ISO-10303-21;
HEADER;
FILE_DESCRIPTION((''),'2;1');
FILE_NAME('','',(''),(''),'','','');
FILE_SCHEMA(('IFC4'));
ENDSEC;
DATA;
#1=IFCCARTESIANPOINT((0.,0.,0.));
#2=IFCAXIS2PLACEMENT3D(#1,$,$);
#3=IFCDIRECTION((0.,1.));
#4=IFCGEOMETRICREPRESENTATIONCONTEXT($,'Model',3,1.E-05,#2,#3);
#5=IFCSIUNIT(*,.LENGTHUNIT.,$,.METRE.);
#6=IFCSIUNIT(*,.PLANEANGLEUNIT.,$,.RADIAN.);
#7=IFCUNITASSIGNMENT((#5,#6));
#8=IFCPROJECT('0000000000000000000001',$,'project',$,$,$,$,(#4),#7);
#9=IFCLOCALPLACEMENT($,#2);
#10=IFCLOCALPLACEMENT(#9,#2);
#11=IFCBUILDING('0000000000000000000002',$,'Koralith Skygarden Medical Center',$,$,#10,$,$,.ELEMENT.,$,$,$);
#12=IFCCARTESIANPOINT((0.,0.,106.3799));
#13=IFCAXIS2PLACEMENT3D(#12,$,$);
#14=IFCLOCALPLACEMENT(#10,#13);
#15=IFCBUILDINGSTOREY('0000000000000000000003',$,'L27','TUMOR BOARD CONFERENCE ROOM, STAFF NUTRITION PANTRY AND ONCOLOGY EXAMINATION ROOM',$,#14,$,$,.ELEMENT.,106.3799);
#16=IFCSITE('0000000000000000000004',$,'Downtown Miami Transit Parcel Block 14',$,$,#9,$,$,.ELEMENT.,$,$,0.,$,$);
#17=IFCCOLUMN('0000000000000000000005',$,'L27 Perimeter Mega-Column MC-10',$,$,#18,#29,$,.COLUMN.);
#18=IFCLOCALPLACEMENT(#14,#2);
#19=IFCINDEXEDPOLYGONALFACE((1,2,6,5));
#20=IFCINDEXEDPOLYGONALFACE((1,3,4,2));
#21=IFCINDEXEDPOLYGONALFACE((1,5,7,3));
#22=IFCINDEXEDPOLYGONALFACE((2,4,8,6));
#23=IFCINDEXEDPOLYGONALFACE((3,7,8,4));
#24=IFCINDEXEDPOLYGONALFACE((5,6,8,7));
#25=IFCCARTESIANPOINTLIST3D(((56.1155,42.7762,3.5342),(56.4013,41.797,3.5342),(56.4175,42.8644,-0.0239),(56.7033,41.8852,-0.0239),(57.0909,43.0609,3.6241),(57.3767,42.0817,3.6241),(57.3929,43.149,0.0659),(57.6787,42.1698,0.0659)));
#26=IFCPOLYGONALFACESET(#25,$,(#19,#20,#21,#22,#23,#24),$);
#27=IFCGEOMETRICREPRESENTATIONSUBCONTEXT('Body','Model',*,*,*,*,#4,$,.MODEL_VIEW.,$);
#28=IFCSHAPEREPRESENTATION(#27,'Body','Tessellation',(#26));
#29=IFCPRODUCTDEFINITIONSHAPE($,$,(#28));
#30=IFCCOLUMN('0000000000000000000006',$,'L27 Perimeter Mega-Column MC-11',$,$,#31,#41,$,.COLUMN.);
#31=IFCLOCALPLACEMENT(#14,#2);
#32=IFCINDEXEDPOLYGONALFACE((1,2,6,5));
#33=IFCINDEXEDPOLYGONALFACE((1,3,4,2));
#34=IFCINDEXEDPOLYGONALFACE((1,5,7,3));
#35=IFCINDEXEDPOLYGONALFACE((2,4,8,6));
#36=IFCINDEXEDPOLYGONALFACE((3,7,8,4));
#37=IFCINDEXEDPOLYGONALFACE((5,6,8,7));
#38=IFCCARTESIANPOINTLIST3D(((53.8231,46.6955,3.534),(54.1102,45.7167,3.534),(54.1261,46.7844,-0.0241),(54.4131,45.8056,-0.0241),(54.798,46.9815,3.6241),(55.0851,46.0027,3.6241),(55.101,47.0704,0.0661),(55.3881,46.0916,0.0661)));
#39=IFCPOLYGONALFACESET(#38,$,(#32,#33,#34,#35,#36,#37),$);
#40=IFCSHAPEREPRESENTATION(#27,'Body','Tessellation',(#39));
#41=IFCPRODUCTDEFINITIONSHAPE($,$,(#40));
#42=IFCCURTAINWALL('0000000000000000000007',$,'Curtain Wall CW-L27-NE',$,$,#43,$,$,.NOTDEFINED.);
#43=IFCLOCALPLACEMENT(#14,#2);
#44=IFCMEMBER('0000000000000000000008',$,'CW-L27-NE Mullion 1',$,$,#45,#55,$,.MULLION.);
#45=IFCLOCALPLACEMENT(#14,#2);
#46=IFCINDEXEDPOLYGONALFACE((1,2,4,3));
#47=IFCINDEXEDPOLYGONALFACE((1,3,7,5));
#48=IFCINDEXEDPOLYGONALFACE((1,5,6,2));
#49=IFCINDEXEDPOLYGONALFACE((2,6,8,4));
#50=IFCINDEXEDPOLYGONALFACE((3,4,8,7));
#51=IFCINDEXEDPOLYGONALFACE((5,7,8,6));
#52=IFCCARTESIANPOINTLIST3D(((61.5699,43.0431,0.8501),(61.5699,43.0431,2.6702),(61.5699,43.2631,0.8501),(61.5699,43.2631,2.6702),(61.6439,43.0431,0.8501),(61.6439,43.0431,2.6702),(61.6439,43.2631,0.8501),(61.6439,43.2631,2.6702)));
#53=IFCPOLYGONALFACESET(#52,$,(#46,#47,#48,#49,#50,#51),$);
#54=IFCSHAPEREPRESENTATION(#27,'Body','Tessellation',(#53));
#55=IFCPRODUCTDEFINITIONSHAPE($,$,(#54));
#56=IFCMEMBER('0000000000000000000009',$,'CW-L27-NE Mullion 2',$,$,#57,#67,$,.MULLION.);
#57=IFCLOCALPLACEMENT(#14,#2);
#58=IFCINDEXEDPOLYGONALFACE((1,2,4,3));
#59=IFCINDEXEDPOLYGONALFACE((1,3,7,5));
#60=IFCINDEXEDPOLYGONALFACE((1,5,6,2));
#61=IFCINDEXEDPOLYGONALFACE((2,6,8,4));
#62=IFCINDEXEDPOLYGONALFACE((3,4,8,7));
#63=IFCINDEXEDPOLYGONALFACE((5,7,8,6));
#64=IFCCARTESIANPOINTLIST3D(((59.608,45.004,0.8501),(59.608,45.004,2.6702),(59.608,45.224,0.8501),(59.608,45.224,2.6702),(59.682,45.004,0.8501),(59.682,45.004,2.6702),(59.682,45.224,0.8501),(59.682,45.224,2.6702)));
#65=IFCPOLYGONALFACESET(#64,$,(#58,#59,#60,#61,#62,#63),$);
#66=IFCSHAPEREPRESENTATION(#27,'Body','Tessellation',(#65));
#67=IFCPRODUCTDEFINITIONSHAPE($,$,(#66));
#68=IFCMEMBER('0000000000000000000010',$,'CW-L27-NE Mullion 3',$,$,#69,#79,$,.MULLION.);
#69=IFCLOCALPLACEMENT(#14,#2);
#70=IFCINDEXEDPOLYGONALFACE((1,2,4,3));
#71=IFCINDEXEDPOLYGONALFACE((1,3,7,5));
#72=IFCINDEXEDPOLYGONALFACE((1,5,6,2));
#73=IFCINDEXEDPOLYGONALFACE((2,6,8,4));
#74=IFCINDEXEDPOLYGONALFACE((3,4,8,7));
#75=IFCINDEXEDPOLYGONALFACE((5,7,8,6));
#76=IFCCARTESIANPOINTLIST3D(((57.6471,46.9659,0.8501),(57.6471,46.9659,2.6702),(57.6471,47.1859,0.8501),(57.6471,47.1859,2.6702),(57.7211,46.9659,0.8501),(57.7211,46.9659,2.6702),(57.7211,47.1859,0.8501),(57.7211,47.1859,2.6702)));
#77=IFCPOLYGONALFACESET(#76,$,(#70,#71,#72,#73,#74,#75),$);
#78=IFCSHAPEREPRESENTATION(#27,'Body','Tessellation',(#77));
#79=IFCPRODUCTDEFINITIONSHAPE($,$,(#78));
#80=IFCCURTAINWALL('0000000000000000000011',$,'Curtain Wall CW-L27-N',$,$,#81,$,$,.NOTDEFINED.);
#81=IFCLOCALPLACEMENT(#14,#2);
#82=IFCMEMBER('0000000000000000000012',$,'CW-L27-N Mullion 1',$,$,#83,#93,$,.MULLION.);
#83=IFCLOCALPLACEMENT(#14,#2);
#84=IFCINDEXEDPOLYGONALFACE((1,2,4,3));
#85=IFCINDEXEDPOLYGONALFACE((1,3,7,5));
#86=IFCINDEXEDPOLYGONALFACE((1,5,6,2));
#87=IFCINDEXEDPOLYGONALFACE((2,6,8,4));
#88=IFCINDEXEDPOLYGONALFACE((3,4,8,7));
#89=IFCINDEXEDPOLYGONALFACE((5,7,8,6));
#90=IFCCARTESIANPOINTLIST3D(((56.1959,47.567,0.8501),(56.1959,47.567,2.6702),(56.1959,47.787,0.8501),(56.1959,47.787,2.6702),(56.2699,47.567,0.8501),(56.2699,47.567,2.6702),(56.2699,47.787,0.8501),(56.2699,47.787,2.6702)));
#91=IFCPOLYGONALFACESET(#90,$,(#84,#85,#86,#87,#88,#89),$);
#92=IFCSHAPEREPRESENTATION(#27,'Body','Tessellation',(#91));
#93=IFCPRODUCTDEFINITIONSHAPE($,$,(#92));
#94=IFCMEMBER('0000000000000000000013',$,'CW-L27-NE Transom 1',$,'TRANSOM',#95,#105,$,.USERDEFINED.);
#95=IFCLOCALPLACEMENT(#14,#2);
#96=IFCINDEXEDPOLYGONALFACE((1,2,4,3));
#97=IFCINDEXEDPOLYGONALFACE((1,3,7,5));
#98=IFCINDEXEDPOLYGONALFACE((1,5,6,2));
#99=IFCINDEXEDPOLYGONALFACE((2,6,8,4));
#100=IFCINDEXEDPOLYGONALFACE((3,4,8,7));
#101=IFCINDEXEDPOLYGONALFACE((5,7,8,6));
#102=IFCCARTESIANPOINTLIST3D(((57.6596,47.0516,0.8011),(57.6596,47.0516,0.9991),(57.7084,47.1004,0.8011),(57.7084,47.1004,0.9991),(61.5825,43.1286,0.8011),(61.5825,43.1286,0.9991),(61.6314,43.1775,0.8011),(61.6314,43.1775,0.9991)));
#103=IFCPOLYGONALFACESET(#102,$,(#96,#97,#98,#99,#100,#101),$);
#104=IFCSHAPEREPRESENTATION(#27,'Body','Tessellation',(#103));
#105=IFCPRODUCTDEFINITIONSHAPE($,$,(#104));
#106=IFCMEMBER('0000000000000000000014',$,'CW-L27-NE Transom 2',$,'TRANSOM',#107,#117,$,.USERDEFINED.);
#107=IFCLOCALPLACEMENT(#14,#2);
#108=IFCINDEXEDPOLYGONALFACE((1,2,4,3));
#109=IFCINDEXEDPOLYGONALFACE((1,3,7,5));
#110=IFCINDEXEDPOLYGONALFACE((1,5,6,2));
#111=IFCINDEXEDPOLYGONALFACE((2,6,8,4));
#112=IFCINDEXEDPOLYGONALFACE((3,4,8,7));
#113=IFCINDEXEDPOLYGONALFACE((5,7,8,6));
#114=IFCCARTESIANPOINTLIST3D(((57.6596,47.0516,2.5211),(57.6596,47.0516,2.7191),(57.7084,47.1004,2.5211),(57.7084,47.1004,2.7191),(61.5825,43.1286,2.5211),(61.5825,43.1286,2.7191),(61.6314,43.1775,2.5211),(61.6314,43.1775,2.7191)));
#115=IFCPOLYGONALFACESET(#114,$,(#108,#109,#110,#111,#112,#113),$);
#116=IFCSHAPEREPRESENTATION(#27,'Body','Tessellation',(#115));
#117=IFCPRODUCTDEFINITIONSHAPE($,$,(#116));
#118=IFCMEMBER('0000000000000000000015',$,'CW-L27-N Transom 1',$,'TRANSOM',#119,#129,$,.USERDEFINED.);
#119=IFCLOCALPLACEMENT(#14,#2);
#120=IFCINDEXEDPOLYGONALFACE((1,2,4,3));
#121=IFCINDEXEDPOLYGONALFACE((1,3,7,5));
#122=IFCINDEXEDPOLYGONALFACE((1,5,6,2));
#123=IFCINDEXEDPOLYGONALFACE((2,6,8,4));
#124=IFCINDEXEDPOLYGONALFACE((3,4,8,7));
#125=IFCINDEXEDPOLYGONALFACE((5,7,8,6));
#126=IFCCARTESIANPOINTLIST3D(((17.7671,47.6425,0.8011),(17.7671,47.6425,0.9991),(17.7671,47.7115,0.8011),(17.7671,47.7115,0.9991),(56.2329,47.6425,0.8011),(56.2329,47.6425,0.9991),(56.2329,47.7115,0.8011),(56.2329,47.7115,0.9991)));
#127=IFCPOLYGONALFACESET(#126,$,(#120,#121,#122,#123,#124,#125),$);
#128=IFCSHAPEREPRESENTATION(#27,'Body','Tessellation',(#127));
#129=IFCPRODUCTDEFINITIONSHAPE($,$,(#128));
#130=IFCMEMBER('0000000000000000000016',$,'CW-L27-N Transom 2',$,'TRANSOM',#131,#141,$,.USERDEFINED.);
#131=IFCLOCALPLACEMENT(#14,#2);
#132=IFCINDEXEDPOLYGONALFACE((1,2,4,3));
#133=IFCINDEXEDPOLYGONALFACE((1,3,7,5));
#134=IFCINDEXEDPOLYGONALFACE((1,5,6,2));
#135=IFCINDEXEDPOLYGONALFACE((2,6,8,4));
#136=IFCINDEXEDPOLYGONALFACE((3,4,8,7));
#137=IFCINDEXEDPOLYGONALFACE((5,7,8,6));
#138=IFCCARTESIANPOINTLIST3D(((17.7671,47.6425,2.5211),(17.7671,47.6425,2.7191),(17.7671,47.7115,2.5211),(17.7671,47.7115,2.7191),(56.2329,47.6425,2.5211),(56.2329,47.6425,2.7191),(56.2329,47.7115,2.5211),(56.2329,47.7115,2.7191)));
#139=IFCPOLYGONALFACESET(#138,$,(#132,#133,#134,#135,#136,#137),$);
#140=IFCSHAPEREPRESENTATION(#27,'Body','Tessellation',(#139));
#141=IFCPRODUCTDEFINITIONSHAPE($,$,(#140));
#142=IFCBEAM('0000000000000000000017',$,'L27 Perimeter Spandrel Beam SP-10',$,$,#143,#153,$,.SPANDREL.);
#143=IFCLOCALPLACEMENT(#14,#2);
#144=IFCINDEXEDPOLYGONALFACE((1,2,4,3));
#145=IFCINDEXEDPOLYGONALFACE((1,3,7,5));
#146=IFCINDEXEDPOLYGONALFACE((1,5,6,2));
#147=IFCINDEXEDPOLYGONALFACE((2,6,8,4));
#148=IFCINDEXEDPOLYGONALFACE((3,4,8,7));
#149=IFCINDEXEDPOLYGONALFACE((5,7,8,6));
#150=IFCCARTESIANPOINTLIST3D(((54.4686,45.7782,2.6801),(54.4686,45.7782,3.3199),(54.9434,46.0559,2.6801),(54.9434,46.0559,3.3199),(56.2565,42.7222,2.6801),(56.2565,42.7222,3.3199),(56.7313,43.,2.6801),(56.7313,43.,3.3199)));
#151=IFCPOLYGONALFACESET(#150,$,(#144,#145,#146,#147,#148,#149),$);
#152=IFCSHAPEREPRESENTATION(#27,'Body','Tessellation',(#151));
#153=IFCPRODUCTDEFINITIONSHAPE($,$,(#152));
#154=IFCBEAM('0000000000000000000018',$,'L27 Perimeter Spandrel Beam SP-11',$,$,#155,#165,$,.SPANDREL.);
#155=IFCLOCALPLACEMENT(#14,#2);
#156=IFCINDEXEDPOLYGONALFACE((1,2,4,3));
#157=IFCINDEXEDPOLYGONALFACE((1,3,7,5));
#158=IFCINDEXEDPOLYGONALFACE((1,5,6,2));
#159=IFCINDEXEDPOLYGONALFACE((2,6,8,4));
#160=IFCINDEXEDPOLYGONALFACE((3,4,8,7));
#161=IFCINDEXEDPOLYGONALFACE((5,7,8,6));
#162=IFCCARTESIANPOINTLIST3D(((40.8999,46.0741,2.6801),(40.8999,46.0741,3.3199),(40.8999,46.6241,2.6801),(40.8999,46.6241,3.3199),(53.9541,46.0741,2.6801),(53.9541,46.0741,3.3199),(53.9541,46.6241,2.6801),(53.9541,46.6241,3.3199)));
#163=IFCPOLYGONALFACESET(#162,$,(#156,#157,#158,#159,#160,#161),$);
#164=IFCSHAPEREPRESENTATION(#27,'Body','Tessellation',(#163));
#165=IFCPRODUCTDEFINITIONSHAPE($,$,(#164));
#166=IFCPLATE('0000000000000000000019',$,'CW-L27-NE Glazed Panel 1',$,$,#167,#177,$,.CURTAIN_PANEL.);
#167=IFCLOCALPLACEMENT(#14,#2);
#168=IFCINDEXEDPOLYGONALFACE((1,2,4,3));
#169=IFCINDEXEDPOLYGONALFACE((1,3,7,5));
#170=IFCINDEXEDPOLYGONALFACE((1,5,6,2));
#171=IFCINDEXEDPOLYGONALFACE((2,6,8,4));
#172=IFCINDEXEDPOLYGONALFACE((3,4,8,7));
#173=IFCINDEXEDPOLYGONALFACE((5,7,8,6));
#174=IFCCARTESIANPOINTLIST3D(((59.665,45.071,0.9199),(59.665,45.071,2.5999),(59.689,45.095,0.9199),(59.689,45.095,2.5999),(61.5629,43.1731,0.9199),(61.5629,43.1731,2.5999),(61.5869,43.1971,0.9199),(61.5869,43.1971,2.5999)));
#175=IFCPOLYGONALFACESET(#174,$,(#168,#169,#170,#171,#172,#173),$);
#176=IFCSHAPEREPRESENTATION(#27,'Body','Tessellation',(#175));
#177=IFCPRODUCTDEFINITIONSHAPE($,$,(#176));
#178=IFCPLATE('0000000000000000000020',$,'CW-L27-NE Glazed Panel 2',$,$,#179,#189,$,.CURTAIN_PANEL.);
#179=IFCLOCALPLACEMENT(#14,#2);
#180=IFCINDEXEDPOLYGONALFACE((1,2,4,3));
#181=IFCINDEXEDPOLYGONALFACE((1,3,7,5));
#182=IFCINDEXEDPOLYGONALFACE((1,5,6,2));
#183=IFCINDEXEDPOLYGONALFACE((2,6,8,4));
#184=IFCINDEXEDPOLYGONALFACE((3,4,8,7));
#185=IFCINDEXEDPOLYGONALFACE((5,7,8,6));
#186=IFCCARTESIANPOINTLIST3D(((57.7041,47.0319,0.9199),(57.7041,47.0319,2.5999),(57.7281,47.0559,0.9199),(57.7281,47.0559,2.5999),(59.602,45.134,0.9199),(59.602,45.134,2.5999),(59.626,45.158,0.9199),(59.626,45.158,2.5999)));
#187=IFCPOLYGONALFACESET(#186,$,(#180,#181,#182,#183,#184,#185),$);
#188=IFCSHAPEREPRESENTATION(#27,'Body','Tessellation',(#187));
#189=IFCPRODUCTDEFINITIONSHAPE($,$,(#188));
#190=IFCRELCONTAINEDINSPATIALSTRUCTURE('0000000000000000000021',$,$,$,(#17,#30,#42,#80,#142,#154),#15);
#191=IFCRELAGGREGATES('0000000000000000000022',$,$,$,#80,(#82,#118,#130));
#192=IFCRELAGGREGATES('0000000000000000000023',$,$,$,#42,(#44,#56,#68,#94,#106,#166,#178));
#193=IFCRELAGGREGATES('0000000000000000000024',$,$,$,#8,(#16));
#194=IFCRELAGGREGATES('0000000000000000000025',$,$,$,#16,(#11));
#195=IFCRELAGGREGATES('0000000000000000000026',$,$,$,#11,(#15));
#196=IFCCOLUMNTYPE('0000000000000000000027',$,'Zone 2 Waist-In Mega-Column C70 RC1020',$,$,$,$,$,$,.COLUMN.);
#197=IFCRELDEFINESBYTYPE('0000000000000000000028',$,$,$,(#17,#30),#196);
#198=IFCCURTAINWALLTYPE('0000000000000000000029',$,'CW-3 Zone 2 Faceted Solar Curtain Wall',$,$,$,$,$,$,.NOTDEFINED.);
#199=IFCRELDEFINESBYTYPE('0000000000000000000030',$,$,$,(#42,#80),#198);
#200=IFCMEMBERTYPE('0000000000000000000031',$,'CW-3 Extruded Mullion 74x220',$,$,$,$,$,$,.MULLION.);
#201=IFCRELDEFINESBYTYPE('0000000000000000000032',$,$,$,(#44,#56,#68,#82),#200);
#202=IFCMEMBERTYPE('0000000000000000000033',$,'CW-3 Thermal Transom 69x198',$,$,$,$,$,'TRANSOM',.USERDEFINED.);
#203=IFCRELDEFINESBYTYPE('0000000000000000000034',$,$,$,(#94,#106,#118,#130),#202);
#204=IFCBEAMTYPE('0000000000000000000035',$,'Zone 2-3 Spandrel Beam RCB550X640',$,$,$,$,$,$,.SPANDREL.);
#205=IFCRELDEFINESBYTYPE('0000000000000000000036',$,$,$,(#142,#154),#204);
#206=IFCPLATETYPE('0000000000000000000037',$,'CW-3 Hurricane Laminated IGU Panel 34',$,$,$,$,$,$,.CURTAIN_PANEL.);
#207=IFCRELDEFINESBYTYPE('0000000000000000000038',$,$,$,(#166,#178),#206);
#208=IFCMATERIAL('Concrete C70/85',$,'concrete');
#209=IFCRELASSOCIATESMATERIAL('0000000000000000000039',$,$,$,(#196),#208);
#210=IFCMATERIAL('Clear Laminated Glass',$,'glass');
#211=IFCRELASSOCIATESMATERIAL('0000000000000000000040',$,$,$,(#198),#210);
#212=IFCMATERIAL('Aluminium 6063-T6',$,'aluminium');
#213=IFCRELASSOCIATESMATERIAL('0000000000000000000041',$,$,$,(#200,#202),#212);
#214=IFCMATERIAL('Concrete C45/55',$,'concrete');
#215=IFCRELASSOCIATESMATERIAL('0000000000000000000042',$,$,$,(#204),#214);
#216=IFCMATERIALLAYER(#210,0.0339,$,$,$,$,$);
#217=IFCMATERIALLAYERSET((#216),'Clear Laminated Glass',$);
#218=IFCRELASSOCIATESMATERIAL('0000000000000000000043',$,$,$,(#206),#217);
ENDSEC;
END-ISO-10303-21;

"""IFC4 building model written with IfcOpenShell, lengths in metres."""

from ifc_helpers import new_model, si_unit, direction, frame, origin, origin_2d, place, context, subcontext, project, spatial, rectangle, extrude, material, layer, layer_set, material_profile, profile_set, type_object, element, aggregate, save


model = new_model("IFC4")

# Units and contexts
model_context = context("Model", 3, precision=1e-05, world=origin(), true_north=direction((0.0, 1.0)))
body_context = subcontext(model_context, "Body", "Model", "MODEL_VIEW")
ifc_project = project(units=[si_unit("LENGTHUNIT", "METRE"), si_unit("PLANEANGLEUNIT", "RADIAN")], contexts=[model_context])

# Site, building, storey
site_placement = place(None, origin())
site = spatial("IfcSite", under=ifc_project, at=site_placement, Name="Downtown Miami Transit Parcel Block 14", CompositionType="ELEMENT", RefElevation=0.0)
building_placement = place(site_placement, origin())
building = spatial("IfcBuilding", under=site, at=building_placement, Name="Koralith Skygarden Medical Center", CompositionType="ELEMENT")
storey_placement = place(building_placement, frame((0.0, 0.0, 106.3799)))
storey = spatial("IfcBuildingStorey", under=building, at=storey_placement, Name="L27", Description="TUMOR BOARD CONFERENCE ROOM, STAFF NUTRITION PANTRY AND ONCOLOGY EXAMINATION ROOM", CompositionType="ELEMENT", Elevation=106.3799)

# Columns
ifc_material_1 = material(Name="Concrete C70/85", Category="concrete")
ifc_material_profile_1 = material_profile(ifc_material_1, rectangle(XDim=1.02, YDim=1.02, at=origin_2d()), Name="RC1020X1020")
ifc_profile_set_1 = profile_set([ifc_material_profile_1], Name="Concrete C70/85")
column_type = type_object("IfcColumnType", Name="Zone 2 Waist-In Mega-Column C70 RC1020", PredefinedType="COLUMN", material=ifc_profile_set_1)
for number, where, z_axis, x_axis, name in (
    (1, (57.0481, 42.5171, 0.021), (-0.084547, -0.024674, 0.996114), (0.280149, -0.959957, 0.0), "L27 Perimeter Mega-Column MC-10"),
    (2, (54.7571, 46.438, 0.021), (-0.084818, -0.024878, 0.996086), (0.281455, -0.959575, 0.0), "L27 Perimeter Mega-Column MC-11"),
):
    element("IfcColumn", number, at=place(storey_placement, frame(where, z_axis=z_axis, x_axis=x_axis)), inside=storey, type_object=column_type, Name=name, PredefinedType="COLUMN", context=body_context, shape_type="SweptSolid", body=[
        extrude(rectangle(XDim=1.02, YDim=1.02, at=origin_2d()), origin(), (0.0, 0.0, 1.0), 3.572),
    ])

# Curtain wall, members
ifc_material_2 = material(Name="Clear Laminated Glass", Category="glass")
curtain_wall_type = type_object("IfcCurtainWallType", Name="CW-3 Zone 2 Faceted Solar Curtain Wall", PredefinedType="NOTDEFINED", material=ifc_material_2)
curtain_wall_1_placement = place(storey_placement, origin())
curtain_wall_1 = element("IfcCurtainWall", 3, at=curtain_wall_1_placement, inside=storey, type_object=curtain_wall_type, Name="Curtain Wall CW-L27-NE", PredefinedType="NOTDEFINED")
ifc_material_3 = material(Name="Aluminium 6063-T6", Category="aluminium")
ifc_material_profile_2 = material_profile(ifc_material_3, rectangle(XDim=0.074, YDim=0.22, at=origin_2d()), Name="MUL74X220")
ifc_profile_set_2 = profile_set([ifc_material_profile_2], Name="Aluminium 6063-T6")
member_type_1 = type_object("IfcMemberType", Name="CW-3 Extruded Mullion 74x220", PredefinedType="MULLION", material=ifc_profile_set_2)
member_1_placement = place(storey_placement, frame((61.6069, 43.1531, 0.8501), z_axis=(0.0, 0.0, 1.0), x_axis=(1.0, 0.0, 0.0)))
member_1 = element("IfcMember", 4, at=member_1_placement, type_object=member_type_1, Name="CW-L27-NE Mullion 1", PredefinedType="MULLION", context=body_context, shape_type="SweptSolid", body=[
    extrude(rectangle(XDim=0.074, YDim=0.22, at=origin_2d()), origin(), (0.0, 0.0, 1.0), 1.8201),
])
member_2_placement = place(storey_placement, frame((59.645, 45.114, 0.8501), z_axis=(0.0, 0.0, 1.0), x_axis=(1.0, 0.0, 0.0)))
member_2 = element("IfcMember", 5, at=member_2_placement, type_object=member_type_1, Name="CW-L27-NE Mullion 2", PredefinedType="MULLION", context=body_context, shape_type="SweptSolid", body=[
    extrude(rectangle(XDim=0.074, YDim=0.22, at=origin_2d()), origin(), (0.0, 0.0, 1.0), 1.8201),
])
member_3_placement = place(storey_placement, frame((57.6841, 47.0759, 0.8501), z_axis=(0.0, 0.0, 1.0), x_axis=(1.0, 0.0, 0.0)))
member_3 = element("IfcMember", 6, at=member_3_placement, type_object=member_type_1, Name="CW-L27-NE Mullion 3", PredefinedType="MULLION", context=body_context, shape_type="SweptSolid", body=[
    extrude(rectangle(XDim=0.074, YDim=0.22, at=origin_2d()), origin(), (0.0, 0.0, 1.0), 1.8201),
])

# Curtain wall, member
curtain_wall_2_placement = place(storey_placement, origin())
curtain_wall_2 = element("IfcCurtainWall", 7, at=curtain_wall_2_placement, inside=storey, type_object=curtain_wall_type, Name="Curtain Wall CW-L27-N", PredefinedType="NOTDEFINED")
member_4_placement = place(storey_placement, frame((56.2329, 47.677, 0.8501), z_axis=(0.0, 0.0, 1.0), x_axis=(1.0, 0.0, 0.0)))
member_4 = element("IfcMember", 8, at=member_4_placement, type_object=member_type_1, Name="CW-L27-N Mullion 1", PredefinedType="MULLION", context=body_context, shape_type="SweptSolid", body=[
    extrude(rectangle(XDim=0.074, YDim=0.22, at=origin_2d()), origin(), (0.0, 0.0, 1.0), 1.8201),
])

# Members
ifc_material_profile_3 = material_profile(ifc_material_3, rectangle(XDim=0.0691, YDim=0.198, at=origin_2d()), Name="TRN69X198")
ifc_profile_set_3 = profile_set([ifc_material_profile_3], Name="Aluminium 6063-T6")
member_type_2 = type_object("IfcMemberType", Name="CW-3 Thermal Transom 69x198", ElementType="TRANSOM", PredefinedType="USERDEFINED", material=ifc_profile_set_3)
member_5_placement = place(storey_placement, frame((61.6069, 43.1531, 0.9001), z_axis=(-0.707107, 0.707107, 0.0), x_axis=(-0.707107, -0.707107, 0.0)))
member_5 = element("IfcMember", 9, at=member_5_placement, type_object=member_type_2, Name="CW-L27-NE Transom 1", ObjectType="TRANSOM", PredefinedType="USERDEFINED", context=body_context, shape_type="SweptSolid", body=[
    extrude(rectangle(XDim=0.0691, YDim=0.198, at=origin_2d()), origin(), (0.0, 0.0, 1.0), 5.5479),
])
member_6_placement = place(storey_placement, frame((61.6069, 43.1531, 2.6201), z_axis=(-0.707107, 0.707107, 0.0), x_axis=(-0.707107, -0.707107, 0.0)))
member_6 = element("IfcMember", 10, at=member_6_placement, type_object=member_type_2, Name="CW-L27-NE Transom 2", ObjectType="TRANSOM", PredefinedType="USERDEFINED", context=body_context, shape_type="SweptSolid", body=[
    extrude(rectangle(XDim=0.0691, YDim=0.198, at=origin_2d()), origin(), (0.0, 0.0, 1.0), 5.5479),
])
member_7_placement = place(storey_placement, frame((56.2329, 47.677, 0.9001), z_axis=(-1.0, 0.0, 0.0), x_axis=(0.0, -1.0, 0.0)))
member_7 = element("IfcMember", 11, at=member_7_placement, type_object=member_type_2, Name="CW-L27-N Transom 1", ObjectType="TRANSOM", PredefinedType="USERDEFINED", context=body_context, shape_type="SweptSolid", body=[
    extrude(rectangle(XDim=0.0691, YDim=0.198, at=origin_2d()), origin(), (0.0, 0.0, 1.0), 38.4658),
])
member_8_placement = place(storey_placement, frame((56.2329, 47.677, 2.6201), z_axis=(-1.0, 0.0, 0.0), x_axis=(0.0, -1.0, 0.0)))
member_8 = element("IfcMember", 12, at=member_8_placement, type_object=member_type_2, Name="CW-L27-N Transom 2", ObjectType="TRANSOM", PredefinedType="USERDEFINED", context=body_context, shape_type="SweptSolid", body=[
    extrude(rectangle(XDim=0.0691, YDim=0.198, at=origin_2d()), origin(), (0.0, 0.0, 1.0), 38.4658),
])
aggregate(curtain_wall_2, [member_4, member_7, member_8])

# Beams
ifc_material_4 = material(Name="Concrete C45/55", Category="concrete")
ifc_material_profile_4 = material_profile(ifc_material_4, rectangle(XDim=0.55, YDim=0.6399, at=origin_2d()), Name="RCB550X640")
ifc_profile_set_4 = profile_set([ifc_material_profile_4], Name="Concrete C45/55")
beam_type = type_object("IfcBeamType", Name="Zone 2-3 Spandrel Beam RCB550X640", PredefinedType="SPANDREL", material=ifc_profile_set_4)
beam_1_placement = place(storey_placement, frame((56.4939, 42.8611, 3.0), z_axis=(-0.504972, 0.863135, 0.0), x_axis=(-0.863135, -0.504972, 0.0)))
element("IfcBeam", 13, at=beam_1_placement, inside=storey, type_object=beam_type, Name="L27 Perimeter Spandrel Beam SP-10", PredefinedType="SPANDREL", context=body_context, shape_type="SweptSolid", body=[
    extrude(rectangle(XDim=0.55, YDim=0.6399, at=origin_2d()), origin(), (0.0, 0.0, 1.0), 3.5405),
])
beam_2_placement = place(storey_placement, frame((53.9541, 46.3491, 3.0), z_axis=(-1.0, 0.0, 0.0), x_axis=(0.0, -1.0, 0.0)))
element("IfcBeam", 14, at=beam_2_placement, inside=storey, type_object=beam_type, Name="L27 Perimeter Spandrel Beam SP-11", PredefinedType="SPANDREL", context=body_context, shape_type="SweptSolid", body=[
    extrude(rectangle(XDim=0.55, YDim=0.6399, at=origin_2d()), origin(), (0.0, 0.0, 1.0), 13.0542),
])

# Plates
ifc_layer_1 = layer(ifc_material_2, 0.0339)
ifc_layer_set_1 = layer_set([ifc_layer_1], Name="Clear Laminated Glass")
plate_type_1 = type_object("IfcPlateType", Name="CW-3 Hurricane Laminated IGU Panel 34", PredefinedType="CURTAIN_PANEL", material=ifc_layer_set_1)
plate_1_placement = place(storey_placement, frame((60.626, 44.134, 0.9199), z_axis=(0.0, 0.0, 1.0), x_axis=(-0.707107, 0.707107, 0.0)))
plate_1 = element("IfcPlate", 15, at=plate_1_placement, type_object=plate_type_1, Name="CW-L27-NE Glazed Panel 1", PredefinedType="CURTAIN_PANEL", context=body_context, shape_type="SweptSolid", body=[
    extrude(rectangle(XDim=2.6841, YDim=0.0339, at=origin_2d()), origin(), (0.0, 0.0, 1.0), 1.6799),
])
plate_2_placement = place(storey_placement, frame((58.665, 46.095, 0.9199), z_axis=(0.0, 0.0, 1.0), x_axis=(-0.707107, 0.707107, 0.0)))
plate_2 = element("IfcPlate", 16, at=plate_2_placement, type_object=plate_type_1, Name="CW-L27-NE Glazed Panel 2", PredefinedType="CURTAIN_PANEL", context=body_context, shape_type="SweptSolid", body=[
    extrude(rectangle(XDim=2.6841, YDim=0.0339, at=origin_2d()), origin(), (0.0, 0.0, 1.0), 1.6799),
])
aggregate(curtain_wall_1, [member_1, member_2, member_3, member_5, member_6, plate_1, plate_2])

save(model, "model.ifc")
